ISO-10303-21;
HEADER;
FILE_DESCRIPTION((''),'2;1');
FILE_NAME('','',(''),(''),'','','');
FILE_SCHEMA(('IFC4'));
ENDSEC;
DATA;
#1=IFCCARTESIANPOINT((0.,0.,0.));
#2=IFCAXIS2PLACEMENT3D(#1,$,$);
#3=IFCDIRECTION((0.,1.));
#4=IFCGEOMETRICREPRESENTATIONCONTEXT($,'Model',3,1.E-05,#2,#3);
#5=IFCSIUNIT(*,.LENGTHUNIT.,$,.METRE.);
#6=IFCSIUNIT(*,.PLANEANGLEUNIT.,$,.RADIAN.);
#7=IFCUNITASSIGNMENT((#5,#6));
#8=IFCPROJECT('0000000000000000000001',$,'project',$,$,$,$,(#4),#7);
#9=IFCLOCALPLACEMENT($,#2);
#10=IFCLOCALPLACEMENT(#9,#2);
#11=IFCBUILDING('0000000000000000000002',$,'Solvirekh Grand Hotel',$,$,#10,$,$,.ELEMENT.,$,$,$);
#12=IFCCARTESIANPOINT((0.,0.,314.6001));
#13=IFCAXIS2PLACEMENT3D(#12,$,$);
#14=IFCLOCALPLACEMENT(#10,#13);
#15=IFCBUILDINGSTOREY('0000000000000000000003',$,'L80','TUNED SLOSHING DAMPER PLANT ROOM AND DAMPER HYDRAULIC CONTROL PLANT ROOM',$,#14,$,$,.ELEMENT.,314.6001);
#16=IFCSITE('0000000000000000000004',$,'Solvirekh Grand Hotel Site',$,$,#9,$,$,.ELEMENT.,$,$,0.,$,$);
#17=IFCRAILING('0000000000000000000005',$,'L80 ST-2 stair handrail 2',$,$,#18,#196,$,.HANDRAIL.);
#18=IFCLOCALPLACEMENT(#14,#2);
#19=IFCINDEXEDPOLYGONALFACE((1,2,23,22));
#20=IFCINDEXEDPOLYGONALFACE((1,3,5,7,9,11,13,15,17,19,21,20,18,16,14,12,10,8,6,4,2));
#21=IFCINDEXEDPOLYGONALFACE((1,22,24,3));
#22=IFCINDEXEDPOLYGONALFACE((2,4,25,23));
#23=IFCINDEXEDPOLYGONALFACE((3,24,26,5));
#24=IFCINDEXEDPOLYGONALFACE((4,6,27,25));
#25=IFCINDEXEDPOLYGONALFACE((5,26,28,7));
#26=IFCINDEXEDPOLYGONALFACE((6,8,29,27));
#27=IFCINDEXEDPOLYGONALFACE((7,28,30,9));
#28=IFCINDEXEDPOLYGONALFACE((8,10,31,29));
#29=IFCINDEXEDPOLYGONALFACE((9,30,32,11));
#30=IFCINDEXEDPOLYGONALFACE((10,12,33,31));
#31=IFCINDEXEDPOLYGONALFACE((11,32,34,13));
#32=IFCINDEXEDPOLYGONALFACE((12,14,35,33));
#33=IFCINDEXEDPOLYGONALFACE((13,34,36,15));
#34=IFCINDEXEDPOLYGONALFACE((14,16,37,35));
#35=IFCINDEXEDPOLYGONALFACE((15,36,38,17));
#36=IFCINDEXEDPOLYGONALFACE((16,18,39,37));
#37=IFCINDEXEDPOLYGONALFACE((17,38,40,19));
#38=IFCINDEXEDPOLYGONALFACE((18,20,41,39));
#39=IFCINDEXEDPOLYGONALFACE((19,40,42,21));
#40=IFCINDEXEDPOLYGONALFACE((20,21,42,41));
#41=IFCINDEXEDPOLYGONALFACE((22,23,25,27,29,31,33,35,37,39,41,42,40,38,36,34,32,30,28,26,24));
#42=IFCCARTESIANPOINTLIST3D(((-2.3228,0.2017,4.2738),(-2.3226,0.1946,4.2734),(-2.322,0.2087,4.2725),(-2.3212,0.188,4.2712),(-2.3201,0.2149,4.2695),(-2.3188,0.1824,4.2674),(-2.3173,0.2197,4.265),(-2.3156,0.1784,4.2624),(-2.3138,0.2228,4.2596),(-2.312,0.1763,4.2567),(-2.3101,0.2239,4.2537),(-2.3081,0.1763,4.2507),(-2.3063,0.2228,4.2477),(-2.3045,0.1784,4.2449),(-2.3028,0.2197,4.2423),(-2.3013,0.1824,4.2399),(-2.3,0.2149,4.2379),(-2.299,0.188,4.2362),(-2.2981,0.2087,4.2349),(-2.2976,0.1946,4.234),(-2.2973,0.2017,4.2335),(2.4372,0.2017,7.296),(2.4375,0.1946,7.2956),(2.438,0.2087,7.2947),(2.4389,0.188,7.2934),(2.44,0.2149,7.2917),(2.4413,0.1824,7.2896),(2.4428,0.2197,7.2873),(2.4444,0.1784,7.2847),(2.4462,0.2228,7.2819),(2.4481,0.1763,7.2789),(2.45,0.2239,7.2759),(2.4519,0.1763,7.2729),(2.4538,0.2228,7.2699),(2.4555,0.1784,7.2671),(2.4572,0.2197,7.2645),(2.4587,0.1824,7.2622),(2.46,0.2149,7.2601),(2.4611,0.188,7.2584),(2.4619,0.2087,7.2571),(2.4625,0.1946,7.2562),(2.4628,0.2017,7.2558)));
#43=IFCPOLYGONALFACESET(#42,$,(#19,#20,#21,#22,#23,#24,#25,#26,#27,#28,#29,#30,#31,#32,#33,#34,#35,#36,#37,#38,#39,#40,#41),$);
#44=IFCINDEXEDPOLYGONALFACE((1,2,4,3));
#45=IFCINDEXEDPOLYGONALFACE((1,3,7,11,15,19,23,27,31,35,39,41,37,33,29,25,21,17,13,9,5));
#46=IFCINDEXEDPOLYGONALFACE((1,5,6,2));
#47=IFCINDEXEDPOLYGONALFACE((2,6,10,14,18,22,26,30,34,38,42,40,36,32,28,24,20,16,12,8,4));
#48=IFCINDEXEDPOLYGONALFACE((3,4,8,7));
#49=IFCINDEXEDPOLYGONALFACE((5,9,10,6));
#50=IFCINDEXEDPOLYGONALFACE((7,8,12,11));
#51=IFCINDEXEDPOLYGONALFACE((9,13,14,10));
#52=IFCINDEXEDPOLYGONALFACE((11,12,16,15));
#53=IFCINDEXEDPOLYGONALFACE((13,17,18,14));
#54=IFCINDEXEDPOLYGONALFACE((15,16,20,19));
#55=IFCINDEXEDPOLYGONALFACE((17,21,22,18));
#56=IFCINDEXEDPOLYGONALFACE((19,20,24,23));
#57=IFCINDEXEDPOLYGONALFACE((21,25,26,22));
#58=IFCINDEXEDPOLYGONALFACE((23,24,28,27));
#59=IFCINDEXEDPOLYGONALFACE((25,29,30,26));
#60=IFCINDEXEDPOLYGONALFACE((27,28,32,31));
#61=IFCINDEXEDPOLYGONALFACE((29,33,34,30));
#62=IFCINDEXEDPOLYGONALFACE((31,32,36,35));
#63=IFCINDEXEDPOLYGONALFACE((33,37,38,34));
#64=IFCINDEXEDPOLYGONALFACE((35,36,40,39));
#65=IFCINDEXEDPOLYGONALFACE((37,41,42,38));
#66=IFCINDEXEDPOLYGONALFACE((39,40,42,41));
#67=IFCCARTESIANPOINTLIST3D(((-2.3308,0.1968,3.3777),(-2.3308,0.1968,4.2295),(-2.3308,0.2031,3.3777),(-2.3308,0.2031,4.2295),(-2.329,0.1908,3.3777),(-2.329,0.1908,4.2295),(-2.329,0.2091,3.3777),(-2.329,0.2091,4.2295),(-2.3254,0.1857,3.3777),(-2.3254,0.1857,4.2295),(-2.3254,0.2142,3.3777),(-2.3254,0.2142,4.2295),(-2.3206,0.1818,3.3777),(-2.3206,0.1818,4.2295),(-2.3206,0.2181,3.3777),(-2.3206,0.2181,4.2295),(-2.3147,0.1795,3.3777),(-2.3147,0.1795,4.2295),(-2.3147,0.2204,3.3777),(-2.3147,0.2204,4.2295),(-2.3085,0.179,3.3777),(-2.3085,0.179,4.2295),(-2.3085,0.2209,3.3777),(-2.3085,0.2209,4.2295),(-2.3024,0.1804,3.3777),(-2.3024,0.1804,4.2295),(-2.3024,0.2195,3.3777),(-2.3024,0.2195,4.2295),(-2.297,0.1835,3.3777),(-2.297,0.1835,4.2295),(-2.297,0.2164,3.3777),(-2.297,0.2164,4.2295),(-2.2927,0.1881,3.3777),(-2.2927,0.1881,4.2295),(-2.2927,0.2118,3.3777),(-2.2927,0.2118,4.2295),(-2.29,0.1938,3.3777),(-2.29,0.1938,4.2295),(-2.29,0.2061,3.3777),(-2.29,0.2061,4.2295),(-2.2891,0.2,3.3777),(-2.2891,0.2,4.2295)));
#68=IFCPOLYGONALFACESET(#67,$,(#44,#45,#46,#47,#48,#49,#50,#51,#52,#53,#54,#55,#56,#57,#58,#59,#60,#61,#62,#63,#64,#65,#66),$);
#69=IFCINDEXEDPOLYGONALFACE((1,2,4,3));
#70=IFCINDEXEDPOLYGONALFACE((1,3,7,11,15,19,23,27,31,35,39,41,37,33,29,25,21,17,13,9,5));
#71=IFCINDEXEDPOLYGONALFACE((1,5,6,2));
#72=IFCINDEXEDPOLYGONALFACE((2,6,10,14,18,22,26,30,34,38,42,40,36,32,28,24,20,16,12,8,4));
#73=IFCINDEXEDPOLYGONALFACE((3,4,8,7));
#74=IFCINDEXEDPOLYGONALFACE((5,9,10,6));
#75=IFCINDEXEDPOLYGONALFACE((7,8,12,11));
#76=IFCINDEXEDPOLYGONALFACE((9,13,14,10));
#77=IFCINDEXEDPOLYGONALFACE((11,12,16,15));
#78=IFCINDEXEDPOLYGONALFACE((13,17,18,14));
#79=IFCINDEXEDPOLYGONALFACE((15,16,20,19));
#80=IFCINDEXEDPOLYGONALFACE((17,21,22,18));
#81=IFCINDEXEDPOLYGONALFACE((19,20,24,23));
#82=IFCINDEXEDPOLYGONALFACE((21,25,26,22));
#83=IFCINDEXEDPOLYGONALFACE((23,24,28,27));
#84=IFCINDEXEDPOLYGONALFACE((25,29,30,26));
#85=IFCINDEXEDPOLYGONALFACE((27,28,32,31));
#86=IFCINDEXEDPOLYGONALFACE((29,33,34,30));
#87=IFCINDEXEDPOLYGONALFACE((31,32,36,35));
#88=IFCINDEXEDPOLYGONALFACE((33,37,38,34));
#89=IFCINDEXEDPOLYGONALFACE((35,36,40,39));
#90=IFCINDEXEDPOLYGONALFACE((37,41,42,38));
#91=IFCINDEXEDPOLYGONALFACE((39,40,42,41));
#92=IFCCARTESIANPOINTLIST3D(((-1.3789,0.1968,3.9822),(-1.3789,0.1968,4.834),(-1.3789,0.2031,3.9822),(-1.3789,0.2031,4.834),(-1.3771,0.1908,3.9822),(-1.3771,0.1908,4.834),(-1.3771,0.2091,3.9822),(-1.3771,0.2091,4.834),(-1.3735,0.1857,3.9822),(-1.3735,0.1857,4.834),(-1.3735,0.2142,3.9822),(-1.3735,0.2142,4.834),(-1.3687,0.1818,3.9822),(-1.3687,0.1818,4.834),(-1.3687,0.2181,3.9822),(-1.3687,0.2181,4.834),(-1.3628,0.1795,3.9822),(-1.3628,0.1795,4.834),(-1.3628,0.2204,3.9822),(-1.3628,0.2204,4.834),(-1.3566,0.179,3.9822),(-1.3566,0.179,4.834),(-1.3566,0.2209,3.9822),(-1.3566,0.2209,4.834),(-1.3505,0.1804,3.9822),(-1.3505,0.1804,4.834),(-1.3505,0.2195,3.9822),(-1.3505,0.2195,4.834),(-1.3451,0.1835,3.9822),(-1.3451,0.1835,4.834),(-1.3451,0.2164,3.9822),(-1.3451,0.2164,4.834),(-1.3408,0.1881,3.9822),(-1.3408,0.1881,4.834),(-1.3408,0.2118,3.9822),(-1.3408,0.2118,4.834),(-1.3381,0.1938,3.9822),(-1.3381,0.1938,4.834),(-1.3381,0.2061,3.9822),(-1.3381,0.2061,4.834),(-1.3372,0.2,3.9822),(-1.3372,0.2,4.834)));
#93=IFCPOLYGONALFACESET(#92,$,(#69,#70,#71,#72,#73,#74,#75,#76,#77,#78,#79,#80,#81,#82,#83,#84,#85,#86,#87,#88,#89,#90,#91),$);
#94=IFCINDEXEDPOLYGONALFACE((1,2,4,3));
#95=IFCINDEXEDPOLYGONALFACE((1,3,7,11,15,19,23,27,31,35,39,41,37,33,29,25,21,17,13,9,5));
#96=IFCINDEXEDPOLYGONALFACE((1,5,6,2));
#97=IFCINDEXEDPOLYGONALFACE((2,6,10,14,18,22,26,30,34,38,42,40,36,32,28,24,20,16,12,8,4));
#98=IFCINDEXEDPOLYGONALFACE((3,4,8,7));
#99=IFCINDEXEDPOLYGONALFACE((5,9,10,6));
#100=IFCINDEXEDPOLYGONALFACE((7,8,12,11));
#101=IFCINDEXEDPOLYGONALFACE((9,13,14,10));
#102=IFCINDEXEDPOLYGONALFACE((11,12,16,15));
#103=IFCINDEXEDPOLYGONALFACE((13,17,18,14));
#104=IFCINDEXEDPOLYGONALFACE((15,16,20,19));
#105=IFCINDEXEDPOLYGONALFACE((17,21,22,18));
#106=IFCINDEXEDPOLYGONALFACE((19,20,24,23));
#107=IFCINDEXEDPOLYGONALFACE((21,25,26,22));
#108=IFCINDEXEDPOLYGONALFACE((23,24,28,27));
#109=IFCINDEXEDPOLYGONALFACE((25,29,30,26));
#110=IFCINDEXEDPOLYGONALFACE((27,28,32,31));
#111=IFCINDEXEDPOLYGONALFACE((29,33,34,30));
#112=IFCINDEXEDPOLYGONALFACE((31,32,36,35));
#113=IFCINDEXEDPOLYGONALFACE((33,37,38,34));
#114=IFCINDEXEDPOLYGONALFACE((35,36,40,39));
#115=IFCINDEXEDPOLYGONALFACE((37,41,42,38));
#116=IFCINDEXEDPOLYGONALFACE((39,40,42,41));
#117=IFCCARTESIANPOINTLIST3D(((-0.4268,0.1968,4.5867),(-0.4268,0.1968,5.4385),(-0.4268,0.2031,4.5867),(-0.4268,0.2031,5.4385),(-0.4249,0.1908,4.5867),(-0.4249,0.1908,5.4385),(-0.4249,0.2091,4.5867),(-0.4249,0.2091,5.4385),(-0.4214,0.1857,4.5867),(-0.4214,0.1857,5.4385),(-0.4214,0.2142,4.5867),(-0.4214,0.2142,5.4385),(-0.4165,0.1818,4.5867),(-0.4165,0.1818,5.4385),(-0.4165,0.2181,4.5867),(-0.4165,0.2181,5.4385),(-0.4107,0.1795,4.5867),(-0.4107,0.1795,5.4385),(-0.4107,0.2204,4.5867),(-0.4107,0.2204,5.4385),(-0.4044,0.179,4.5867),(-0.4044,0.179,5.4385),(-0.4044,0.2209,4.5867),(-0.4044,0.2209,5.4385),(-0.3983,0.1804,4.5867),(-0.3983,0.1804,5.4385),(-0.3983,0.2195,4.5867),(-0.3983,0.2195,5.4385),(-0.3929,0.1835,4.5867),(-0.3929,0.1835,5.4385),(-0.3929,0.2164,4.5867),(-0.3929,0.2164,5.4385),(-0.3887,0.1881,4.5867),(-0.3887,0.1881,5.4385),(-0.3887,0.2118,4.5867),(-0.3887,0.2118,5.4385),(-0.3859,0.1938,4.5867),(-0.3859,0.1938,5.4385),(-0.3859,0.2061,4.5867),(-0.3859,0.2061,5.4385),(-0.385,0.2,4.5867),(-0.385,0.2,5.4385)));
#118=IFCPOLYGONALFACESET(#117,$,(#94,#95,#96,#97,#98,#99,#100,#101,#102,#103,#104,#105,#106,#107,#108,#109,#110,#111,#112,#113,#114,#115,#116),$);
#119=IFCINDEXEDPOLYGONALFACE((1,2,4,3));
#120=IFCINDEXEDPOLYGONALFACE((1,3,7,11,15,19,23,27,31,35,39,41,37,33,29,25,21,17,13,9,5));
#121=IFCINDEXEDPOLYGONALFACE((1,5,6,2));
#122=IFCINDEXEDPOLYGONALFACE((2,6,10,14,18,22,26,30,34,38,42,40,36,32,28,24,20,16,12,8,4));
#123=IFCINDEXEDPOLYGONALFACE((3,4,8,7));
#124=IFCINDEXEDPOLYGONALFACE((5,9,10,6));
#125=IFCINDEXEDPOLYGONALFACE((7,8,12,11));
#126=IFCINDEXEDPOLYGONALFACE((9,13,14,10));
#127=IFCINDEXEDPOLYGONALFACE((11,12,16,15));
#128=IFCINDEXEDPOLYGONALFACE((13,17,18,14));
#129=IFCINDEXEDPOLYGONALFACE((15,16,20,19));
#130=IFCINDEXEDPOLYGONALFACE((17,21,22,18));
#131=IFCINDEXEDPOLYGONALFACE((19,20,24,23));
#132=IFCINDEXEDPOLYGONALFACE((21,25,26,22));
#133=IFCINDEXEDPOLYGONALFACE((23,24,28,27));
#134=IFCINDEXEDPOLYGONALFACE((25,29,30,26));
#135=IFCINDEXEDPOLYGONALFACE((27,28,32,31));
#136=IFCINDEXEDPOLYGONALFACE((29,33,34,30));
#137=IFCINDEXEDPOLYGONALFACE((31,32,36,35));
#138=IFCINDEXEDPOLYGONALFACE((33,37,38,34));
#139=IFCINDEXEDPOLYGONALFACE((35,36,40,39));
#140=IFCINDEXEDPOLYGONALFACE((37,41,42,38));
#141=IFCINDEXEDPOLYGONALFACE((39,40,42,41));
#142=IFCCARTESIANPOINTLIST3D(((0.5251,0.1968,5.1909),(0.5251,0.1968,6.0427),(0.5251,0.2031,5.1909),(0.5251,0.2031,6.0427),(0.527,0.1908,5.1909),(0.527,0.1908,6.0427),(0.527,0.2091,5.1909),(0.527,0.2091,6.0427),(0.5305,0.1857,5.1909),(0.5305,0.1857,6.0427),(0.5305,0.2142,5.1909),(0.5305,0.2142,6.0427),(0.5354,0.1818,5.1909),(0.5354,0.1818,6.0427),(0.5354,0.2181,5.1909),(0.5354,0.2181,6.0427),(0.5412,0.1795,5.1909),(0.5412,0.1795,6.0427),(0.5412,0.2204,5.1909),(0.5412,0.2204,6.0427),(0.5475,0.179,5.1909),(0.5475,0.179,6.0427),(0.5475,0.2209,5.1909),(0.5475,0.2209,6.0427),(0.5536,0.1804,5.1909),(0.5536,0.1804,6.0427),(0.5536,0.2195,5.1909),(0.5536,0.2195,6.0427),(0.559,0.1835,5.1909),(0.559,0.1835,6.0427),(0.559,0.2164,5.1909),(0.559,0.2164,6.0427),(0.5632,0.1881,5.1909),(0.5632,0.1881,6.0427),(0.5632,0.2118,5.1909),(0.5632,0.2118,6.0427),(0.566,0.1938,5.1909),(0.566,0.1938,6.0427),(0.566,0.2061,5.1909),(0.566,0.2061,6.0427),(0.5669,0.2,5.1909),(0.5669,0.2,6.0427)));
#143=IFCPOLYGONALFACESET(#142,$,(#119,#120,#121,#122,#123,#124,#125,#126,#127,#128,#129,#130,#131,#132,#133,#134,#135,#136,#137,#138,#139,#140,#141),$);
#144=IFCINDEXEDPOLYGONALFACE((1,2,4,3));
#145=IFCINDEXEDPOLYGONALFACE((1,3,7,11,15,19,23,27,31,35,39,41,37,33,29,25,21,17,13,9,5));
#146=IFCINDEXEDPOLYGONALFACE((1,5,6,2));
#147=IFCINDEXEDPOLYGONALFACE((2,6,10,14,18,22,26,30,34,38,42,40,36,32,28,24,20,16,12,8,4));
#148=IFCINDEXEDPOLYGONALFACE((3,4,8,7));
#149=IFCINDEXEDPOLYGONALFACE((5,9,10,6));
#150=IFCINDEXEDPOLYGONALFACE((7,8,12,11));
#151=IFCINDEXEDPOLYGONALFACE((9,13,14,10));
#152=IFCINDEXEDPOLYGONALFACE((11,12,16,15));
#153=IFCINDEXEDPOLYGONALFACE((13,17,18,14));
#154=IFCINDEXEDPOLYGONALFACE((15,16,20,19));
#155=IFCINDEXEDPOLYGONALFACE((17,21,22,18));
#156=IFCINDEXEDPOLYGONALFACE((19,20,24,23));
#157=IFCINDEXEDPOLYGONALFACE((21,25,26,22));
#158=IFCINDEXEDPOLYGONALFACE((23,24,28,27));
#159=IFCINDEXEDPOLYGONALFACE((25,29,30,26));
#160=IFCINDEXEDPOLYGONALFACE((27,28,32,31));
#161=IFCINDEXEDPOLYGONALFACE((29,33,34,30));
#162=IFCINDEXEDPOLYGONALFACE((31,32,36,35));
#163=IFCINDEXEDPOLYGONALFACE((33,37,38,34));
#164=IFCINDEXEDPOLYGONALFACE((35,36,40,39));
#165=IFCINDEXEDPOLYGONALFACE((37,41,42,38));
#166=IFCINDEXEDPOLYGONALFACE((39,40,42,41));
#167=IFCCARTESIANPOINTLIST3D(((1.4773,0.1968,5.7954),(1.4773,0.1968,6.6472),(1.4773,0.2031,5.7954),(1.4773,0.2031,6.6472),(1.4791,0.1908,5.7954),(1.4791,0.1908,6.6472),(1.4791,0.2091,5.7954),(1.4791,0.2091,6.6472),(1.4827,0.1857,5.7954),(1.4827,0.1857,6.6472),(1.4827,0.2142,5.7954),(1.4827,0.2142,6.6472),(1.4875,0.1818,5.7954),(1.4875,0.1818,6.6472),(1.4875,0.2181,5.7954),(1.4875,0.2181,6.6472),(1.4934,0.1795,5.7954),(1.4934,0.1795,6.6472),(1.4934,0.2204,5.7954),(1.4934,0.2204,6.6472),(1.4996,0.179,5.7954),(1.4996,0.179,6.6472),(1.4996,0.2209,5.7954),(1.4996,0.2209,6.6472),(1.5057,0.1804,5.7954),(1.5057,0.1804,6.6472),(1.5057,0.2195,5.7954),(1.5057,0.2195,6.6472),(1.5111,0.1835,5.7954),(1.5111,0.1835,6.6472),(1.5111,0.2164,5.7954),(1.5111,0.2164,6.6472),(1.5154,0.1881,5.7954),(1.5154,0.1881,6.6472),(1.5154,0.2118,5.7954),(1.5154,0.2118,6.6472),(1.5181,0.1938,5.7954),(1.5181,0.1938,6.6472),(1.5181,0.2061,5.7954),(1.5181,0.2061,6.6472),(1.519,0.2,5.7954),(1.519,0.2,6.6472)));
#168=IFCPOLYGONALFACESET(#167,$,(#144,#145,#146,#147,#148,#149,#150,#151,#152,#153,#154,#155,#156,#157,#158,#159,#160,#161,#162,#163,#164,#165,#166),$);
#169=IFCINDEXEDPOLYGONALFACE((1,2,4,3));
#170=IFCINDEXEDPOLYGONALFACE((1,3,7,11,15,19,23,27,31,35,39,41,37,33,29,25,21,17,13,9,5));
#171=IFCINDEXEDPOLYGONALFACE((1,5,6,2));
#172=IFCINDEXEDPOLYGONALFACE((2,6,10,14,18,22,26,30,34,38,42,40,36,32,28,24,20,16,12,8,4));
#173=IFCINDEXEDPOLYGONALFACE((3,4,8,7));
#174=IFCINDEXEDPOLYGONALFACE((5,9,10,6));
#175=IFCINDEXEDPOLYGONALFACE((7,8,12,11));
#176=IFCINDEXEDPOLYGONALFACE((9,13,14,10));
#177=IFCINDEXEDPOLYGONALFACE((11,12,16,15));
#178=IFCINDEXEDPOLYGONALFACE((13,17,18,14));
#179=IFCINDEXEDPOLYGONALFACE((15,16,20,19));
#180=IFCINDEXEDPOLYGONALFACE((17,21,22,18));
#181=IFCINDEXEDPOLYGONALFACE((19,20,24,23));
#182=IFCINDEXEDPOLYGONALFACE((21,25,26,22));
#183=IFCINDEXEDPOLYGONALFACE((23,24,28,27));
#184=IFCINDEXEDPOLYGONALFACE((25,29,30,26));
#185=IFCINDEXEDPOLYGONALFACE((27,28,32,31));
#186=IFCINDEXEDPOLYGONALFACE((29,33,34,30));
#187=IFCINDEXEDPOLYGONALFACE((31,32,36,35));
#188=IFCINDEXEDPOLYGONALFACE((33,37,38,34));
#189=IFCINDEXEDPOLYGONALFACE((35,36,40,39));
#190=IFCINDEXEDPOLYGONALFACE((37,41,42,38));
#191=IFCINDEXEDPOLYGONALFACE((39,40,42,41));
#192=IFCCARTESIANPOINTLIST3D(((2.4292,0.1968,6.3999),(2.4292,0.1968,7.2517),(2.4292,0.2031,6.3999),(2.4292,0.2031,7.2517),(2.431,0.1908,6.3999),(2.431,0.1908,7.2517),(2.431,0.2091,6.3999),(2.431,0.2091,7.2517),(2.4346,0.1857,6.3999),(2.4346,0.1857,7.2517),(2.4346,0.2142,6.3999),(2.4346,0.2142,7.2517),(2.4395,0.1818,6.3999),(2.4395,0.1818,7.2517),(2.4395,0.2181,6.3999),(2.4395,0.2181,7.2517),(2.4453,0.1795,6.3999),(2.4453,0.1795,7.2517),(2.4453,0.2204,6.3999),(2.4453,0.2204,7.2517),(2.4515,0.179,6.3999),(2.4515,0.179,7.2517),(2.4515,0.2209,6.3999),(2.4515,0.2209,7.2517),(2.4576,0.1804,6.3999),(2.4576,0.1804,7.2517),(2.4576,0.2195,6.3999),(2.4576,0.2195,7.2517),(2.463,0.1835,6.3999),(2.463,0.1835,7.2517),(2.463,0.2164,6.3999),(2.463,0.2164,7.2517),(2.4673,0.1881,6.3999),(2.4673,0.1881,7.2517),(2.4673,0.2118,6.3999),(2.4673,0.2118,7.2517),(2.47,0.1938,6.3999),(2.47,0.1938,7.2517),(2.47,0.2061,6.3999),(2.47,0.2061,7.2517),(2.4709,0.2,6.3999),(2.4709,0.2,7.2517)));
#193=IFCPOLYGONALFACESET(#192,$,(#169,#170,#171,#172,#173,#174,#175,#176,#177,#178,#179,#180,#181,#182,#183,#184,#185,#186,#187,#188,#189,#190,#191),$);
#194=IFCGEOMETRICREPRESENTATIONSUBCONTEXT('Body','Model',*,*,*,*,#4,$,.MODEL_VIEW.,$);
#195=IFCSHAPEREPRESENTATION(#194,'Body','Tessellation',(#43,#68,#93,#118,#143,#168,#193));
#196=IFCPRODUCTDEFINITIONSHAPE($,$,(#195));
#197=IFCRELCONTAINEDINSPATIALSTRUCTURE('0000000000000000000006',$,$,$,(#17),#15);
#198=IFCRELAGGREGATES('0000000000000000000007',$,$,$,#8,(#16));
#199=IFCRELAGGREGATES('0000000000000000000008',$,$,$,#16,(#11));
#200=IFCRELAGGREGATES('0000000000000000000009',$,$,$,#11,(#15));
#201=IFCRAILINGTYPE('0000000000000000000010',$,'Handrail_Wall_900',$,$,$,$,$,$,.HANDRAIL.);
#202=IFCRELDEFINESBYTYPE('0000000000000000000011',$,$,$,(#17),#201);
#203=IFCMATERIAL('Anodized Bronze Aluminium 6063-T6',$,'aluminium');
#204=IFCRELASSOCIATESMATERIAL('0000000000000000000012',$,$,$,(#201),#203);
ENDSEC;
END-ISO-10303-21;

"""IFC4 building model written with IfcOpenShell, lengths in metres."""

from ifc_helpers import new_model, si_unit, direction, frame, origin, origin_2d, place, context, subcontext, project, spatial, circle, extrude, material, type_object, element, save


model = new_model("IFC4")

# Units and contexts
model_context = context("Model", 3, precision=1e-05, world=origin(), true_north=direction((0.0, 1.0)))
body_context = subcontext(model_context, "Body", "Model", "MODEL_VIEW")
ifc_project = project(units=[si_unit("LENGTHUNIT", "METRE"), si_unit("PLANEANGLEUNIT", "RADIAN")], contexts=[model_context])

# Site, building, storey
site_placement = place(None, origin())
site = spatial("IfcSite", under=ifc_project, at=site_placement, Name="Solvirekh Grand Hotel Site", CompositionType="ELEMENT", RefElevation=0.0)
building_placement = place(site_placement, origin())
building = spatial("IfcBuilding", under=site, at=building_placement, Name="Solvirekh Grand Hotel", CompositionType="ELEMENT")
storey_placement = place(building_placement, frame((0.0, 0.0, 314.6001)))
storey = spatial("IfcBuildingStorey", under=building, at=storey_placement, Name="L80", Description="TUNED SLOSHING DAMPER PLANT ROOM AND DAMPER HYDRAULIC CONTROL PLANT ROOM", CompositionType="ELEMENT", Elevation=314.6001)

# Shared definitions
ifc_material_1 = material(Name="Anodized Bronze Aluminium 6063-T6", Category="aluminium")

# Railing
railing_type_1 = type_object("IfcRailingType", Name="Handrail_Wall_900", PredefinedType="HANDRAIL", material=ifc_material_1)
railing_1_placement = place(storey_placement, frame((-2.3101, 0.2, 3.3777)))
element("IfcRailing", 1, at=railing_1_placement, inside=storey, type_object=railing_type_1, Name="L80 ST-2 stair handrail 2", PredefinedType="HANDRAIL", context=body_context, shape_type="SweptSolid", body=[
    extrude(circle(Radius=0.0239, at=origin_2d()), frame((0.0, 0.0, 0.876), z_axis=(0.844214, 0.0, 0.536007), x_axis=(0.0, 1.0, 0.0)), (0.0, 0.0, 1.0), 5.6384),
    extrude(circle(Radius=0.021, at=origin_2d()), origin(), (0.0, 0.0, 1.0), 0.8518),
    extrude(circle(Radius=0.021, at=origin_2d()), frame((0.9519, 0.0, 0.6045)), (0.0, 0.0, 1.0), 0.8518),
    extrude(circle(Radius=0.021, at=origin_2d()), frame((1.9041, 0.0, 1.209)), (0.0, 0.0, 1.0), 0.8518),
    extrude(circle(Radius=0.021, at=origin_2d()), frame((2.856, 0.0, 1.8132)), (0.0, 0.0, 1.0), 0.8518),
    extrude(circle(Radius=0.021, at=origin_2d()), frame((3.8081, 0.0, 2.4177)), (0.0, 0.0, 1.0), 0.8518),
    extrude(circle(Radius=0.021, at=origin_2d()), frame((4.76, 0.0, 3.0222)), (0.0, 0.0, 1.0), 0.8518),
])

save(model, "model.ifc")
